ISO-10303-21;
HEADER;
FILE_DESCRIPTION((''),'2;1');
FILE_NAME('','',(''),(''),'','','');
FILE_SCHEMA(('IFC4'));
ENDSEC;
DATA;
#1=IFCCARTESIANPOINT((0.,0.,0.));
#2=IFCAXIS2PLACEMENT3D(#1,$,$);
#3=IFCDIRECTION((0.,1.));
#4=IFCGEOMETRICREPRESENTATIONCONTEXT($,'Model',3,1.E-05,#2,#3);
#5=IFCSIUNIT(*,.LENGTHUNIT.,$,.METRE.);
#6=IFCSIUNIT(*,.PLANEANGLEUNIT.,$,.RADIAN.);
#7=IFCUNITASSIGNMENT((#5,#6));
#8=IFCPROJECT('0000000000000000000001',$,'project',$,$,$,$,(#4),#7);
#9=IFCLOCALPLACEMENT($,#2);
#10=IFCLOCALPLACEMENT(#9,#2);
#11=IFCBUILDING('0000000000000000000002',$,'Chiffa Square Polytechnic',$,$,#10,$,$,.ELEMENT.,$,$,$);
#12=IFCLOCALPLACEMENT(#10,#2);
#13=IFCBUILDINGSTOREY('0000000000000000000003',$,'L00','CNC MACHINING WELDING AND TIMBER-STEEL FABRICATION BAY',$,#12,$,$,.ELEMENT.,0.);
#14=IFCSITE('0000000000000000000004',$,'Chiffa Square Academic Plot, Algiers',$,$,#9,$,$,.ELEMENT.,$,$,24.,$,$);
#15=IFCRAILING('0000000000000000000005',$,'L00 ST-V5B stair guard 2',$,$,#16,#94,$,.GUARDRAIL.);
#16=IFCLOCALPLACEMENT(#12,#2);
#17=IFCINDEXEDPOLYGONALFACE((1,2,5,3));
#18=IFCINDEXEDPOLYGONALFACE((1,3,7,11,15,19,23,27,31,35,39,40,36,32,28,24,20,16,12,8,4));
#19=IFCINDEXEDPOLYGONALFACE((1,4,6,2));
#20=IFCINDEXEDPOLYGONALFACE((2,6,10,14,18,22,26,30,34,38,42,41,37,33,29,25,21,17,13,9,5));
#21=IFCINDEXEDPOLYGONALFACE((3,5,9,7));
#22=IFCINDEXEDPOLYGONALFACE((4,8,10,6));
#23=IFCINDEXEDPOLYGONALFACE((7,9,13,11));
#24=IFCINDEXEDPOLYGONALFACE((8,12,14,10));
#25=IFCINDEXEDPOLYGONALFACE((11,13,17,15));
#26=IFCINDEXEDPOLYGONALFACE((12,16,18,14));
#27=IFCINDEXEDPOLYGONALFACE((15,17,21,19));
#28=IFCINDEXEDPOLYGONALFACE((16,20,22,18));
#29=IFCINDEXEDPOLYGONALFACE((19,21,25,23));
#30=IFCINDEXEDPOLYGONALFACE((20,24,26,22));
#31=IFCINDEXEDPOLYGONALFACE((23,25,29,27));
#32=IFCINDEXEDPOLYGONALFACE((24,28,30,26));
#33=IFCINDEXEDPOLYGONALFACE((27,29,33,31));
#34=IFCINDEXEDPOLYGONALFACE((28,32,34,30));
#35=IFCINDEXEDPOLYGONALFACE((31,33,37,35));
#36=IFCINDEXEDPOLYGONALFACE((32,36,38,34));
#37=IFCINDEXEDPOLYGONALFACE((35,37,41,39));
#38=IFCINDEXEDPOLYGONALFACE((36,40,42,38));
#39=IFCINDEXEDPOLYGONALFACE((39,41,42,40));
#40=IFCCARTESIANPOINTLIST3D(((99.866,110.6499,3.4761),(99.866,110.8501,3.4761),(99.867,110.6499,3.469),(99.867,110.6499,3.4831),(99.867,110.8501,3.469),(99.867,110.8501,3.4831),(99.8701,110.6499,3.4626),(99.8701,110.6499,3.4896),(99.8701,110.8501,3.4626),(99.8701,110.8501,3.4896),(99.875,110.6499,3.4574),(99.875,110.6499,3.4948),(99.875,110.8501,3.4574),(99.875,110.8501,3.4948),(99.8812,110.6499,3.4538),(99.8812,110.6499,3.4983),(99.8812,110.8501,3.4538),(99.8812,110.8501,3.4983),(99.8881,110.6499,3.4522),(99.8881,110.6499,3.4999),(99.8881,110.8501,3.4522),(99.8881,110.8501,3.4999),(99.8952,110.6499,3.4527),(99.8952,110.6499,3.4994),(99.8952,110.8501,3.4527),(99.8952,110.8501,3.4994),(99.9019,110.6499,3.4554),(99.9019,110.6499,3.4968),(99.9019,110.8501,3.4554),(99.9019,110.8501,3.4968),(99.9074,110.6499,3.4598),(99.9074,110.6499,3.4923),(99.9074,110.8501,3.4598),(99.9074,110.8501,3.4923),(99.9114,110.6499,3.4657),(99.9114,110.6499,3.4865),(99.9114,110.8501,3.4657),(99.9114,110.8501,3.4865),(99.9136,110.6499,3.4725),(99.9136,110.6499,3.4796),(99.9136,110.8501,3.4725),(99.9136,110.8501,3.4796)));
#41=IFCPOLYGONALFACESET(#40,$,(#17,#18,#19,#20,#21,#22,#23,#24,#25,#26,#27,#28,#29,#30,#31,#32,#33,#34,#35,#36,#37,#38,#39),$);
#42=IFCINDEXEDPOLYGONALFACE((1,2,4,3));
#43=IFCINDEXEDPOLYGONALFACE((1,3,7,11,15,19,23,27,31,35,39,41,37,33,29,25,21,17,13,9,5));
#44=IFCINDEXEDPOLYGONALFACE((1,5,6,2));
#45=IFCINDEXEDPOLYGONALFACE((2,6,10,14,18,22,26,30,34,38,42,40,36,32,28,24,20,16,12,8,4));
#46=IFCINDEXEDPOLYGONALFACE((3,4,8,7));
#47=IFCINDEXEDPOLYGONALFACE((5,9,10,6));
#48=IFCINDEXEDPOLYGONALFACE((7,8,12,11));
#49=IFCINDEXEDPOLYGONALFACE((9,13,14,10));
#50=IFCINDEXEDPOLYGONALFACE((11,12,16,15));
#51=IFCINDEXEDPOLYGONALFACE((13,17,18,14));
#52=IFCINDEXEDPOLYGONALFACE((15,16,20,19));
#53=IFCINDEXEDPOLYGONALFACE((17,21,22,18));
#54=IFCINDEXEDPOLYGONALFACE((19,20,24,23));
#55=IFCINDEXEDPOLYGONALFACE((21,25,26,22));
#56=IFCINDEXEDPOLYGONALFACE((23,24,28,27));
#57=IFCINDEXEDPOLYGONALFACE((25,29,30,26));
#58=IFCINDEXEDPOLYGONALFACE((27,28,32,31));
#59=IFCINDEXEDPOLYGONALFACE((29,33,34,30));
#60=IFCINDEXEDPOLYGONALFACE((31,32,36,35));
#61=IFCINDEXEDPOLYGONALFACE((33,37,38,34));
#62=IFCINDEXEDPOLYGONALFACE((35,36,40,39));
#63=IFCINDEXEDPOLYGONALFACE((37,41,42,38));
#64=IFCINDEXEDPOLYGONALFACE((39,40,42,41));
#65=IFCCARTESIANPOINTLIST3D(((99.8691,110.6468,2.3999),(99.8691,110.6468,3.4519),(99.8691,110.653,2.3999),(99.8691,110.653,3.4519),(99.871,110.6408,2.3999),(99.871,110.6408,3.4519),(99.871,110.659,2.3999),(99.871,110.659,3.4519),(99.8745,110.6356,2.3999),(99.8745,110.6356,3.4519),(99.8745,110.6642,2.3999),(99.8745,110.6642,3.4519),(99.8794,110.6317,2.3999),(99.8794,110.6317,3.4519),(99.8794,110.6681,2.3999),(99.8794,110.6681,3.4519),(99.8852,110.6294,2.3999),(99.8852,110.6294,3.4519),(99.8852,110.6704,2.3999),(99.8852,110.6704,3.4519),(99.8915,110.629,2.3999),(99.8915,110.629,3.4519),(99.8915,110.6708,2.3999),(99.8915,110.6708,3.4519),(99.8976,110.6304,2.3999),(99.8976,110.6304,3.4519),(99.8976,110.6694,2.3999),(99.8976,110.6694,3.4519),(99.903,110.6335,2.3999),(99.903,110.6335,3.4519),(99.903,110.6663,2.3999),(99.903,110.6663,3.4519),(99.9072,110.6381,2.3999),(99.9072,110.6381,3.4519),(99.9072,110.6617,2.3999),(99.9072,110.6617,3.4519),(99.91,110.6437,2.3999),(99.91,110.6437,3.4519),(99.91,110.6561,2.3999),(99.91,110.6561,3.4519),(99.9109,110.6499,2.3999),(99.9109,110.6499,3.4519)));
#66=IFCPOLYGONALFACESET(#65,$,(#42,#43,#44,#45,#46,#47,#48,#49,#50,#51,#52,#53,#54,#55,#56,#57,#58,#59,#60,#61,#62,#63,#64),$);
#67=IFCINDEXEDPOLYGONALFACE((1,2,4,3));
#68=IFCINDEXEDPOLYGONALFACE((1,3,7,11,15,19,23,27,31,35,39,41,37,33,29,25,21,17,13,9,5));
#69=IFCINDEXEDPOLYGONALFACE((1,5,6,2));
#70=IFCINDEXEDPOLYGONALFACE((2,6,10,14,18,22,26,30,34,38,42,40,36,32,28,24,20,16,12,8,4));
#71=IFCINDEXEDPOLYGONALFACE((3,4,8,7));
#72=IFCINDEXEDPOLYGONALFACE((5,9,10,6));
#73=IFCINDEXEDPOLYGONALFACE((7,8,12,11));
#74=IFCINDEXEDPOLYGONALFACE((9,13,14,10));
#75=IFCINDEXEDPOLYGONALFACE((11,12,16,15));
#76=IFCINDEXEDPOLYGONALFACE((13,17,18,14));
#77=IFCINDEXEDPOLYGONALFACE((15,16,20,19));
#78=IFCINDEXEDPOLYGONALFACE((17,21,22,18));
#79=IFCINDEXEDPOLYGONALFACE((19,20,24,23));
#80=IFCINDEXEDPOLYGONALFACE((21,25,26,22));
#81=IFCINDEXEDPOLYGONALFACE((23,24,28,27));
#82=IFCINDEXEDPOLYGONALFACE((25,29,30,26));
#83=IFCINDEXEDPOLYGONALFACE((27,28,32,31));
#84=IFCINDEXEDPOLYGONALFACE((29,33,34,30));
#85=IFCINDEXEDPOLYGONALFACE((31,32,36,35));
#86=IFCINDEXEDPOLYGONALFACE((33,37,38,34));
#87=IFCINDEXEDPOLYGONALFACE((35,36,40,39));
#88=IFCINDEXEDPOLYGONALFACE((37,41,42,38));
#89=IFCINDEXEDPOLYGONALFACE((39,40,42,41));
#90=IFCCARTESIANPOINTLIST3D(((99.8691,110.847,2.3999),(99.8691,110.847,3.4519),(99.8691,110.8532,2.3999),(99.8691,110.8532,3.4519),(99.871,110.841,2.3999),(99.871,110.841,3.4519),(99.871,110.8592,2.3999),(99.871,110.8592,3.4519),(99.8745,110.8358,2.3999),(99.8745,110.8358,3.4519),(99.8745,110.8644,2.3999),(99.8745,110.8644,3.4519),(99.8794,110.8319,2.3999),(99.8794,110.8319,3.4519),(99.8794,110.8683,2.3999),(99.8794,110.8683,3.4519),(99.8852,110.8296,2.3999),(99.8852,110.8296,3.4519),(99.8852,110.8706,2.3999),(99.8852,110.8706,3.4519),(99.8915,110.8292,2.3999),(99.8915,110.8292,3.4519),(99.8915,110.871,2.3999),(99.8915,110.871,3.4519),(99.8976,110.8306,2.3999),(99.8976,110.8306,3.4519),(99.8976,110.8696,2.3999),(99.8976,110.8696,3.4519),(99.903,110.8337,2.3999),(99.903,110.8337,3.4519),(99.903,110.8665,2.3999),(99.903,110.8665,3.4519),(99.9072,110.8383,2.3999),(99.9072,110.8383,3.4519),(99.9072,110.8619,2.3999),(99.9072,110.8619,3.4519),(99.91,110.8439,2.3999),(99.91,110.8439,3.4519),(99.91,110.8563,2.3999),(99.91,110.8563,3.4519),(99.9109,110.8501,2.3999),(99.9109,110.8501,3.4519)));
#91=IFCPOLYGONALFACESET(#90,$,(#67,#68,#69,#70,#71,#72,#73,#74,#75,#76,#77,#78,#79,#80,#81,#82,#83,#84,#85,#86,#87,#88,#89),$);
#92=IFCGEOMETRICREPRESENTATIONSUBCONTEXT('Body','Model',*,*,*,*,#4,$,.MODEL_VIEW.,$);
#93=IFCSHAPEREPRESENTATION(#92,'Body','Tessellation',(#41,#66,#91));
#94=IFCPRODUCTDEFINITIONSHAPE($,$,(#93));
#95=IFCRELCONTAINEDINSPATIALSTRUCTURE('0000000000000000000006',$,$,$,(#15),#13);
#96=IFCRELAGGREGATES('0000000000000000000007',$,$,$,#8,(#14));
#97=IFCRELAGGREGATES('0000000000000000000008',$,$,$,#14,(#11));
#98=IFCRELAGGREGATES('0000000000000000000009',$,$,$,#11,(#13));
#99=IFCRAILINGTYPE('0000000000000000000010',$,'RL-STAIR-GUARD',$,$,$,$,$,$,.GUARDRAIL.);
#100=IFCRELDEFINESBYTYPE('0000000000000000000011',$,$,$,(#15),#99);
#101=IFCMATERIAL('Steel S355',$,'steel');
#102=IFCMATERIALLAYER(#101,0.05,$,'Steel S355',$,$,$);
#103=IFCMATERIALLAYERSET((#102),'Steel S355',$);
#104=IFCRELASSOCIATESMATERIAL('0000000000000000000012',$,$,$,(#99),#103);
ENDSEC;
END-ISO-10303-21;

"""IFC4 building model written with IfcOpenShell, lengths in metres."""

from ifc_helpers import new_model, si_unit, direction, frame, origin, origin_2d, place, context, subcontext, project, spatial, circle, extrude, material, layer, layer_set, type_object, element, save


model = new_model("IFC4")

# Units and contexts
model_context = context("Model", 3, precision=1e-05, world=origin(), true_north=direction((0.0, 1.0)))
body_context = subcontext(model_context, "Body", "Model", "MODEL_VIEW")
ifc_project = project(units=[si_unit("LENGTHUNIT", "METRE"), si_unit("PLANEANGLEUNIT", "RADIAN")], contexts=[model_context])

# Site, building, storey
site_placement = place(None, origin())
site = spatial("IfcSite", under=ifc_project, at=site_placement, Name="Chiffa Square Academic Plot, Algiers", CompositionType="ELEMENT", RefElevation=24.0)
building_placement = place(site_placement, origin())
building = spatial("IfcBuilding", under=site, at=building_placement, Name="Chiffa Square Polytechnic", CompositionType="ELEMENT")
storey_placement = place(building_placement, origin())
storey = spatial("IfcBuildingStorey", under=building, at=storey_placement, Name="L00", Description="CNC MACHINING WELDING AND TIMBER-STEEL FABRICATION BAY", CompositionType="ELEMENT", Elevation=0.0)

# Railing
ifc_material_1 = material(Name="Steel S355", Category="steel")
ifc_layer_1 = layer(ifc_material_1, 0.05, Name="Steel S355")
ifc_layer_set_1 = layer_set([ifc_layer_1], Name="Steel S355")
railing_type_1 = type_object("IfcRailingType", Name="RL-STAIR-GUARD", PredefinedType="GUARDRAIL", material=ifc_layer_set_1)
railing_1_placement = place(storey_placement, frame((99.8899, 110.6499, 2.3999)))
element("IfcRailing", 1, at=railing_1_placement, inside=storey, type_object=railing_type_1, Name="L00 ST-V5B stair guard 2", PredefinedType="GUARDRAIL", context=body_context, shape_type="SweptSolid", body=[
    extrude(circle(Radius=0.0239, at=origin_2d()), frame((0.0, 0.0, 1.0762), z_axis=(0.0, 1.0, 0.0), x_axis=(-1.0, 0.0, 0.0)), (0.0, 0.0, 1.0), 0.2002),
    extrude(circle(Radius=0.021, at=origin_2d()), origin(), (0.0, 0.0, 1.0), 1.052),
    extrude(circle(Radius=0.021, at=origin_2d()), frame((0.0, 0.2002, 0.0)), (0.0, 0.0, 1.0), 1.052),
])

save(model, "model.ifc")
